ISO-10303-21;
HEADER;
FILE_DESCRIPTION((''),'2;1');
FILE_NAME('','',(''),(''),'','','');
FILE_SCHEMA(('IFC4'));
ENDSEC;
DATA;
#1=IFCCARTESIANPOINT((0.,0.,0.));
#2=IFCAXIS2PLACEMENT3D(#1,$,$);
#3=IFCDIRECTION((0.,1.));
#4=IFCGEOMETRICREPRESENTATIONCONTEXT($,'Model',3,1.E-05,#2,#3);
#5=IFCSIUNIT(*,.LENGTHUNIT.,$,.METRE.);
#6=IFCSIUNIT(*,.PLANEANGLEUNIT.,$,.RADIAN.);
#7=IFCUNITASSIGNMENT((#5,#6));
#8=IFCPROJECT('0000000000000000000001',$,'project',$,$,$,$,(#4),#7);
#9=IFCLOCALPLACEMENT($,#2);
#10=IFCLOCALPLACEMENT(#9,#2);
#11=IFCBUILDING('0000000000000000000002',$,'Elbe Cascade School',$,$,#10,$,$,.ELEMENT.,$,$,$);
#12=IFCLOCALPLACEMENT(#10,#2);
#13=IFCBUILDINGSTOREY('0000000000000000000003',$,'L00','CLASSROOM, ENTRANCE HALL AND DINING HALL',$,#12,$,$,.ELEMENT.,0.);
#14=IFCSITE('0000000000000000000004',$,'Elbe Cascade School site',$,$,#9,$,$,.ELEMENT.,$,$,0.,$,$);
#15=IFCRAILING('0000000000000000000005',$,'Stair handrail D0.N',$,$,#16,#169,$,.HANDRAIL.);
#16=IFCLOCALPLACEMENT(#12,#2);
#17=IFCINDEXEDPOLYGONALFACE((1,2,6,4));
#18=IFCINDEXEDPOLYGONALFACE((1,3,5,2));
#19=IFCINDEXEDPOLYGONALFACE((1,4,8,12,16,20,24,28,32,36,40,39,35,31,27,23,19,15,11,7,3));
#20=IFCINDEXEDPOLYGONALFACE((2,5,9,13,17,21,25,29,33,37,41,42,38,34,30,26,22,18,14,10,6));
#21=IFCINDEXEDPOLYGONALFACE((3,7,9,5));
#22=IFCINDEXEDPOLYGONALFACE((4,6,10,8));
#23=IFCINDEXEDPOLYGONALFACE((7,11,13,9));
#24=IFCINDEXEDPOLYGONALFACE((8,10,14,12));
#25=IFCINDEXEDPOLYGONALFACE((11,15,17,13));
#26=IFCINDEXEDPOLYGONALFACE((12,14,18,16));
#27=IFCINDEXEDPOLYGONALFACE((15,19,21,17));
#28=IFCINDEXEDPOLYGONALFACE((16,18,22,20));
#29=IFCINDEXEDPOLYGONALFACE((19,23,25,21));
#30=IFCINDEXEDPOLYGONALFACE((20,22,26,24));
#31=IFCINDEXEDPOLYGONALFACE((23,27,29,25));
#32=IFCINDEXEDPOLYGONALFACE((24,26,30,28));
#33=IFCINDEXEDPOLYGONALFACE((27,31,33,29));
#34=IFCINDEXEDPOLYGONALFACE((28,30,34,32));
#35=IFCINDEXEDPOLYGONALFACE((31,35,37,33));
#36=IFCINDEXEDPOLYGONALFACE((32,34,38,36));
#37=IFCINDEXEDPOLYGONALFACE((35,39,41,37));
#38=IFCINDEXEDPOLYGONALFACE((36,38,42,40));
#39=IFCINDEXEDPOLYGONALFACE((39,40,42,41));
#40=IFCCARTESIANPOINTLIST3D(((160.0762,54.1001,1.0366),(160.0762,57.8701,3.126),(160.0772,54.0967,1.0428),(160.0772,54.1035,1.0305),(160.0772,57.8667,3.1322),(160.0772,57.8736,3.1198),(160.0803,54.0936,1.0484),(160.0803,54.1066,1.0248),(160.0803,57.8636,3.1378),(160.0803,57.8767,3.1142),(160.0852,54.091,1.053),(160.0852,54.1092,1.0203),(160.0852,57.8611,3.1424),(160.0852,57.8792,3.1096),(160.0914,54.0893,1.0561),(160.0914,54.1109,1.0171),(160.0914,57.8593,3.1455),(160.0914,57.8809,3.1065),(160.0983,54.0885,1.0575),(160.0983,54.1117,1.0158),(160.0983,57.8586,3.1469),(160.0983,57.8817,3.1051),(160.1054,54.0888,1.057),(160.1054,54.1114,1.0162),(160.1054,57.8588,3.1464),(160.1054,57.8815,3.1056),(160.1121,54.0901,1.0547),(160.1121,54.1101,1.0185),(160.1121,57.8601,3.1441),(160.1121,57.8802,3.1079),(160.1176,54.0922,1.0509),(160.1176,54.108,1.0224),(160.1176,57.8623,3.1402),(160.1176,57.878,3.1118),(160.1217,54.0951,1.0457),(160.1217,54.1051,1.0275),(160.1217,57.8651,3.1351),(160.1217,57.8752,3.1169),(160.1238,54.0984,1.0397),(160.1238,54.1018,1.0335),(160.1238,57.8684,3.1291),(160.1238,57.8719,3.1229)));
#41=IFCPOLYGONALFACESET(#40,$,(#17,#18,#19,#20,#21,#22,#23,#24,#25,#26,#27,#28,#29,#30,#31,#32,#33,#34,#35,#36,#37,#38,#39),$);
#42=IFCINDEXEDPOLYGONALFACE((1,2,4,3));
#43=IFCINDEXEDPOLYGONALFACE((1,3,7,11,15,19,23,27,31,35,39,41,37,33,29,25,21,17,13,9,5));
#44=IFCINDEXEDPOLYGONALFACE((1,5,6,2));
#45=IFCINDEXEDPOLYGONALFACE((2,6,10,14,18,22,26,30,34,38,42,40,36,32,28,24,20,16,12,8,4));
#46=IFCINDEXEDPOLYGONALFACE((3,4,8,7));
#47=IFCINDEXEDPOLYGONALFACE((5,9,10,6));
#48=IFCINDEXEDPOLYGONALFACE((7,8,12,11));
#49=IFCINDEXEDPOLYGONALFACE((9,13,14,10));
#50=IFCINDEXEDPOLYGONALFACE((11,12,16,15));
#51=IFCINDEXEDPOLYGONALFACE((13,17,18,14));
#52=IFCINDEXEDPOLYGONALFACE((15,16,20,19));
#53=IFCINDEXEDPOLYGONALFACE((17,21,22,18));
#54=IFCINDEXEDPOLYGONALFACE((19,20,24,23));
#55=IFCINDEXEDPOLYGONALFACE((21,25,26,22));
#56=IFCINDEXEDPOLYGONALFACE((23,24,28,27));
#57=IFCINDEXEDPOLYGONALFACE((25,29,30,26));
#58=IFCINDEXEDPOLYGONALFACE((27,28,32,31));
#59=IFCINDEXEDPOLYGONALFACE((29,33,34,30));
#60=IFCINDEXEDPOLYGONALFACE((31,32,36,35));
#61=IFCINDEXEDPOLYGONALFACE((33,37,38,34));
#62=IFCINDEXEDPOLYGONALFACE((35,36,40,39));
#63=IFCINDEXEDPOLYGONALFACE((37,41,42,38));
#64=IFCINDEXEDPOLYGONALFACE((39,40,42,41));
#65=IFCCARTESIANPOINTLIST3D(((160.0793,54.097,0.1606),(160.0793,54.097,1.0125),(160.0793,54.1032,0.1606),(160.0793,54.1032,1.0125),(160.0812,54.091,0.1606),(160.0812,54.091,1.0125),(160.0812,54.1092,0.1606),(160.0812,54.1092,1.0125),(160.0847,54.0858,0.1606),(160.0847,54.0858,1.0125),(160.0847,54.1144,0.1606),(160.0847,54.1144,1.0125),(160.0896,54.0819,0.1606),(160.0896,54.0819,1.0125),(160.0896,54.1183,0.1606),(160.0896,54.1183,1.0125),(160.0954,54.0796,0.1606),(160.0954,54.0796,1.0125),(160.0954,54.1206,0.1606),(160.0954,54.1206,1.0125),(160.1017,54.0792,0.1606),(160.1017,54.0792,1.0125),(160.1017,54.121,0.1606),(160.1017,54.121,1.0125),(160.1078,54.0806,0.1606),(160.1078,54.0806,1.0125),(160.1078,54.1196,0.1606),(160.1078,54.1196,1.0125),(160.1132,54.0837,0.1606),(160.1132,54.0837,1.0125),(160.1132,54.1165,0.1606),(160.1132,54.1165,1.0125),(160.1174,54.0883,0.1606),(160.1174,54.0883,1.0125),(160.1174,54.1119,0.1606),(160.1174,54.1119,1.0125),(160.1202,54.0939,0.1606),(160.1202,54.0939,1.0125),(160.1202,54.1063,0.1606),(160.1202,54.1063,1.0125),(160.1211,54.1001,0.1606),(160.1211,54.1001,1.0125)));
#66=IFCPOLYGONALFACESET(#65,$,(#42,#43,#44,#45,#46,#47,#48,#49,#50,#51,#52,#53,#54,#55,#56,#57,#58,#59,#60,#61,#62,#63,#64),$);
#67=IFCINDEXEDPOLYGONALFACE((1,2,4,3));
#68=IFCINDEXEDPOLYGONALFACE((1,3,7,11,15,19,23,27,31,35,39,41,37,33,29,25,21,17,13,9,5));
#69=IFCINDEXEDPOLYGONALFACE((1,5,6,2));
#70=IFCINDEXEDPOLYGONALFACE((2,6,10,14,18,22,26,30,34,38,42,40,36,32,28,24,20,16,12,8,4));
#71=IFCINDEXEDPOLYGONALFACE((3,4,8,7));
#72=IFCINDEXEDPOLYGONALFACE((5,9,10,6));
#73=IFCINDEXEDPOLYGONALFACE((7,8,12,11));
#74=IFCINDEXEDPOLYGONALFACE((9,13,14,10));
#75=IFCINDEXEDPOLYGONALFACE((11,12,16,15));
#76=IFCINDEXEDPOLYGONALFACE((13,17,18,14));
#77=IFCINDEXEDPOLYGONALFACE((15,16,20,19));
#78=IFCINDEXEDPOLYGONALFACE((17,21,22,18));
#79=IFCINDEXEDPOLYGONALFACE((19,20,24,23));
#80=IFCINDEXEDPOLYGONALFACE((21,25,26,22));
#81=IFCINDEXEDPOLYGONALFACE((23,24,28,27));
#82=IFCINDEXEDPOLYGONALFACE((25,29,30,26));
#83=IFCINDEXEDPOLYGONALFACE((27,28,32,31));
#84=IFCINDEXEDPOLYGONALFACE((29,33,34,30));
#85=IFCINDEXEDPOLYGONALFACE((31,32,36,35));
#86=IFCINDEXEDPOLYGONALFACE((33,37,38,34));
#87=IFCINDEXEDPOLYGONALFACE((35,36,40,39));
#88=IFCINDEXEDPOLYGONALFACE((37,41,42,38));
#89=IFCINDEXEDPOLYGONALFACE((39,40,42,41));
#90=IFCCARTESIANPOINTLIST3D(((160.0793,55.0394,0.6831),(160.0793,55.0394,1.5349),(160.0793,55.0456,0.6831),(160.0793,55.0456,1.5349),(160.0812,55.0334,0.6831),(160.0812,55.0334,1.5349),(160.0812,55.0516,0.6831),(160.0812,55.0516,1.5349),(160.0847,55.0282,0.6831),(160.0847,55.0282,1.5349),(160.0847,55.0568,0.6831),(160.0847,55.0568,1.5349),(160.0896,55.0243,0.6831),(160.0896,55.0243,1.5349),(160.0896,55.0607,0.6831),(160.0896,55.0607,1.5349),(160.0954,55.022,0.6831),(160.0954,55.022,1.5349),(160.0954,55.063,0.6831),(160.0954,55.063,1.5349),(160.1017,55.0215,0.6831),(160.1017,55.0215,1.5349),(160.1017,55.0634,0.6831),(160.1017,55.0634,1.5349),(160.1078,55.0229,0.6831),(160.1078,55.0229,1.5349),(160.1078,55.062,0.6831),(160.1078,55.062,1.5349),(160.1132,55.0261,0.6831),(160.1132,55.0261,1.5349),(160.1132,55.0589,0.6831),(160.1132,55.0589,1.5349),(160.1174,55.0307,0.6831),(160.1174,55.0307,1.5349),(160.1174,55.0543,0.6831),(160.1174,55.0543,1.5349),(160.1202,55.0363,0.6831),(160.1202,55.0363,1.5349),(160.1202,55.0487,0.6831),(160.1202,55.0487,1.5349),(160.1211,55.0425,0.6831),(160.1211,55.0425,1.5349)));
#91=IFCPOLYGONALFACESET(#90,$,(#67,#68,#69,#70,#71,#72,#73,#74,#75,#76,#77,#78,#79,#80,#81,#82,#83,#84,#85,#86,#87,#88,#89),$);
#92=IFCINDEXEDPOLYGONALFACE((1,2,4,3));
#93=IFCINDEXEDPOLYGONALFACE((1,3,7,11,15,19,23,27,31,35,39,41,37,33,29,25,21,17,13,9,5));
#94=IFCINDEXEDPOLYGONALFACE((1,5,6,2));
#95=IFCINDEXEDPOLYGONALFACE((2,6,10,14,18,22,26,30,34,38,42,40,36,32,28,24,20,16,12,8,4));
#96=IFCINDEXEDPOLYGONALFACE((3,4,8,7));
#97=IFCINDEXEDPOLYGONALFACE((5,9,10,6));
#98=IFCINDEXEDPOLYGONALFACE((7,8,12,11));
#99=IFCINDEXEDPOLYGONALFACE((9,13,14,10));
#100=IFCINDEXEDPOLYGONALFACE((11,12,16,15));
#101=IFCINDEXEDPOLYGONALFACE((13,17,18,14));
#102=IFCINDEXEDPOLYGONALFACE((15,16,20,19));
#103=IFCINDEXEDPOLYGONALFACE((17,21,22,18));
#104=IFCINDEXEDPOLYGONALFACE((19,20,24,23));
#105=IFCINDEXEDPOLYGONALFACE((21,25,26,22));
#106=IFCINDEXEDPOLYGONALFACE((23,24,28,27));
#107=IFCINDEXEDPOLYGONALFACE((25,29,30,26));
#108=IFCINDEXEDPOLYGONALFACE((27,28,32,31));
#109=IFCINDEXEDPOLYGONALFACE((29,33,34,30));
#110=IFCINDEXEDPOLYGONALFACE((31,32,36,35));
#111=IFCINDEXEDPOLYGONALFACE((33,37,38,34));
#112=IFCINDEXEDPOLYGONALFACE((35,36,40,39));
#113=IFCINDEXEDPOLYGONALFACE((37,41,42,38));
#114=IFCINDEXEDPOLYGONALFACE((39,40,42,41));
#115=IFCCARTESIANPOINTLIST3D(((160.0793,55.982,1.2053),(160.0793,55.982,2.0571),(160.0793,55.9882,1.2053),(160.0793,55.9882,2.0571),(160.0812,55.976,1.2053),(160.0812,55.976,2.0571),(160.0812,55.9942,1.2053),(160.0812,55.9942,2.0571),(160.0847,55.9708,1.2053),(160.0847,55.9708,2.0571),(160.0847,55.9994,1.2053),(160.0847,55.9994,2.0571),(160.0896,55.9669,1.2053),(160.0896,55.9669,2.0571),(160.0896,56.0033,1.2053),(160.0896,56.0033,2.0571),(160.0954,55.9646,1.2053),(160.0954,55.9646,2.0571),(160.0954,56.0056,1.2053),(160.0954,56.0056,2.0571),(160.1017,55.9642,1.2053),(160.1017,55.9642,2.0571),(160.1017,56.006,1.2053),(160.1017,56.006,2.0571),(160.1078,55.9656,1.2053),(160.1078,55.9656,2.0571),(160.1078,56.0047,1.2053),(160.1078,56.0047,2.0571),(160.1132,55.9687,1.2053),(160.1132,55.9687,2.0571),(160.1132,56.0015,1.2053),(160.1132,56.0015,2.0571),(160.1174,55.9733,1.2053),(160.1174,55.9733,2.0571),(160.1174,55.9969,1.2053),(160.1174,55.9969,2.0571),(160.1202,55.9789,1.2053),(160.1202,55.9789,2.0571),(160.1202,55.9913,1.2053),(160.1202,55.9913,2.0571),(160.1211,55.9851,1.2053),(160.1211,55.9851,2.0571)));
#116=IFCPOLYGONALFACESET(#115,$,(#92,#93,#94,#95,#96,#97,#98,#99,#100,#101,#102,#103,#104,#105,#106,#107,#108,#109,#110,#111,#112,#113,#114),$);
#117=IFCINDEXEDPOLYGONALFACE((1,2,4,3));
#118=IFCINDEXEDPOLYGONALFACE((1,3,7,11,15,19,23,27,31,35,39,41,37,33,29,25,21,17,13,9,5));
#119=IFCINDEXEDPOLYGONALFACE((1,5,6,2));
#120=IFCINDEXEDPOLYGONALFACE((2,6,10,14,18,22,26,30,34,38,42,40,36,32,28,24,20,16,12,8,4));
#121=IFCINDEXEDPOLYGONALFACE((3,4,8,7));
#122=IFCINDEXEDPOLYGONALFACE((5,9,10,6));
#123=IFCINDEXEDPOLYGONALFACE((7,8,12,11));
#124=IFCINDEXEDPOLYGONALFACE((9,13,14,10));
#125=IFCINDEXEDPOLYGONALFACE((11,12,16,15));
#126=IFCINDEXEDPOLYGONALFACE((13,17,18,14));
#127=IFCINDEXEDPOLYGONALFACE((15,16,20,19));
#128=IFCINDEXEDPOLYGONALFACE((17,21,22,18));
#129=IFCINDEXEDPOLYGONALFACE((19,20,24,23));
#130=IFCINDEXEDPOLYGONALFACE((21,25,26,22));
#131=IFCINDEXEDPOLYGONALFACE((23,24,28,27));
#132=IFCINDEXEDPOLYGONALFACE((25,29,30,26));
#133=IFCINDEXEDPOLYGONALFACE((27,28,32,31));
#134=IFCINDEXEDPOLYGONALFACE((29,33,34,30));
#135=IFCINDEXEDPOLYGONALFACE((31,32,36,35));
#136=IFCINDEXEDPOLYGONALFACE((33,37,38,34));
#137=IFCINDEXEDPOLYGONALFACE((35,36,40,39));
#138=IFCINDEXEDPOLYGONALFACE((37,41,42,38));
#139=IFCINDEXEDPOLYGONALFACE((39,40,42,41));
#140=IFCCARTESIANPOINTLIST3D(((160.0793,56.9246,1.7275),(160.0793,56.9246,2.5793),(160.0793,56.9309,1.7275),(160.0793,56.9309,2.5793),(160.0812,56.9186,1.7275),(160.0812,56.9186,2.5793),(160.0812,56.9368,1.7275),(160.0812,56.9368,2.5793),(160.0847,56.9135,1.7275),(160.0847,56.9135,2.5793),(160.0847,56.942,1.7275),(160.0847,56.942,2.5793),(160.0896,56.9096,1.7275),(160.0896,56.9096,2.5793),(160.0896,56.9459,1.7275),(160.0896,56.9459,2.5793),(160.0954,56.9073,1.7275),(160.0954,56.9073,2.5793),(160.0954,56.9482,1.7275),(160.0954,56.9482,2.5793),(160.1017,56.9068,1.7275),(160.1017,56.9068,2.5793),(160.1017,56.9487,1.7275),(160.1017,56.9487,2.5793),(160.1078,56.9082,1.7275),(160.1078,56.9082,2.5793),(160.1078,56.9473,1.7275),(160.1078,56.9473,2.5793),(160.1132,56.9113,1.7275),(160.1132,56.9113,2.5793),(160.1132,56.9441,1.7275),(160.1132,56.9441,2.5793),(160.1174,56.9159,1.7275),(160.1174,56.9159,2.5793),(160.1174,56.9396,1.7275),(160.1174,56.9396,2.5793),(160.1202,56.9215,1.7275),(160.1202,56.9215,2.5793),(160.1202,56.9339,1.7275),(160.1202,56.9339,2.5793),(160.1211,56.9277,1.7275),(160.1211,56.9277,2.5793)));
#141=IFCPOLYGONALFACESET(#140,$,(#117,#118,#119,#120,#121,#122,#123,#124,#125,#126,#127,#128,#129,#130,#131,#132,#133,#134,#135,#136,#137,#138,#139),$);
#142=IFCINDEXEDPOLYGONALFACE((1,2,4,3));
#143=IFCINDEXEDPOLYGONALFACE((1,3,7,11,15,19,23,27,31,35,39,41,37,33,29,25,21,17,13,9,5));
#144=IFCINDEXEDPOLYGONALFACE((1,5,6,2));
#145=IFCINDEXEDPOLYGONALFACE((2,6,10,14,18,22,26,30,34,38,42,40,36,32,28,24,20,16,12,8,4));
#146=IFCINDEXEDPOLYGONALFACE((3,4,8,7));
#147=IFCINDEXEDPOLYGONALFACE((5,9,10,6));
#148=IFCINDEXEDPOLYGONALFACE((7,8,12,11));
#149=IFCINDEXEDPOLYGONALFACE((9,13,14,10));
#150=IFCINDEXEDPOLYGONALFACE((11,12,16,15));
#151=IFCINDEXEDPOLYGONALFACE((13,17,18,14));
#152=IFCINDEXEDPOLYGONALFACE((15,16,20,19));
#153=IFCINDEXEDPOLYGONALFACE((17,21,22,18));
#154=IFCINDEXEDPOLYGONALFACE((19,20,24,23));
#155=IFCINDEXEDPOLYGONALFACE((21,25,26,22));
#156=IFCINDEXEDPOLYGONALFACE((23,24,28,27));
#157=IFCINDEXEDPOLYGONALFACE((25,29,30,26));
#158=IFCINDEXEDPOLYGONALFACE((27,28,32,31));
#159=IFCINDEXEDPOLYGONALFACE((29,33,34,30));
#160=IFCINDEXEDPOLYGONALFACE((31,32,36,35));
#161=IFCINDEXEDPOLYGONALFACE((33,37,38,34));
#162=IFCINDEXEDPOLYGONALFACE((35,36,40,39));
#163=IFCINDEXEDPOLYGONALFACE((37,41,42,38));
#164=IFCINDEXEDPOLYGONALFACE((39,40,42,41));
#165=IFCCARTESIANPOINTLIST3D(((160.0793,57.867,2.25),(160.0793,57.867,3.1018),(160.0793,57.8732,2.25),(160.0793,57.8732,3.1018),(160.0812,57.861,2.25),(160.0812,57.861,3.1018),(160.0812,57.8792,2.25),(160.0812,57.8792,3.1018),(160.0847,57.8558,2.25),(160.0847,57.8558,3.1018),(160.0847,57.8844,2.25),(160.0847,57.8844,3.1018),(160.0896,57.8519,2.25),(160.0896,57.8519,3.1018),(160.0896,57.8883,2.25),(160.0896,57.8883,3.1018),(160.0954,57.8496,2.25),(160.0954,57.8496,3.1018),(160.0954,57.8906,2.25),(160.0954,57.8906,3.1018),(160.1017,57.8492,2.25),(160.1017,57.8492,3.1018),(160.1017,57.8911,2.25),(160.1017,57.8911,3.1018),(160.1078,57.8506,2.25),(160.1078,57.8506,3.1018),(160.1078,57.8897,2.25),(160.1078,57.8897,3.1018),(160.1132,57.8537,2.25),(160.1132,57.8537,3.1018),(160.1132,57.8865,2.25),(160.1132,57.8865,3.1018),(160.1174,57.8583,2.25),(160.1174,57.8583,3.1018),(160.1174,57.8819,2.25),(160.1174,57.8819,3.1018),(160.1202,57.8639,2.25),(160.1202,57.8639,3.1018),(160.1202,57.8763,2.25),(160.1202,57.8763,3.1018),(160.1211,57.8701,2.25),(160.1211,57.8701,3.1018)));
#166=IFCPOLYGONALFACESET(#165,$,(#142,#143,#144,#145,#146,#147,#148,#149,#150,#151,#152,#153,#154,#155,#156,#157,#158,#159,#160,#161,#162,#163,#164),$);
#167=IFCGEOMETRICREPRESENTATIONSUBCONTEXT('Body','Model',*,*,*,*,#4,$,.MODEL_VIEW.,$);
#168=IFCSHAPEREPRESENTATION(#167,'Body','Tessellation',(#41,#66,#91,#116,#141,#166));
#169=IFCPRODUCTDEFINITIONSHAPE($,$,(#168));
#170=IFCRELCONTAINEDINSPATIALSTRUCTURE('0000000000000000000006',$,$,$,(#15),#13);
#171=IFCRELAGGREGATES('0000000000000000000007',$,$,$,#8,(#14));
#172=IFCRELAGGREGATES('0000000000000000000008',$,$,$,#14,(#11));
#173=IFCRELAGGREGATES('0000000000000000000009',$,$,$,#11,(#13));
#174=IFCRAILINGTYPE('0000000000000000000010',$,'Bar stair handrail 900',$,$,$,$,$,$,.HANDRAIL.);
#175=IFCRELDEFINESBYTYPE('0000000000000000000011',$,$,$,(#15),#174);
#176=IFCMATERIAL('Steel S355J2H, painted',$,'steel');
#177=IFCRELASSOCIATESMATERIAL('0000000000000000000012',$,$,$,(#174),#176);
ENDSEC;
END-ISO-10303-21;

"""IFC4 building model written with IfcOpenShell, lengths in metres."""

from ifc_helpers import new_model, si_unit, direction, frame, origin, origin_2d, place, context, subcontext, project, spatial, circle, extrude, material, type_object, element, save


model = new_model("IFC4")

# Units and contexts
model_context = context("Model", 3, precision=1e-05, world=origin(), true_north=direction((0.0, 1.0)))
body_context = subcontext(model_context, "Body", "Model", "MODEL_VIEW")
ifc_project = project(units=[si_unit("LENGTHUNIT", "METRE"), si_unit("PLANEANGLEUNIT", "RADIAN")], contexts=[model_context])

# Site, building, storey
site_placement = place(None, origin())
site = spatial("IfcSite", under=ifc_project, at=site_placement, Name="Elbe Cascade School site", CompositionType="ELEMENT", RefElevation=0.0)
building_placement = place(site_placement, origin())
building = spatial("IfcBuilding", under=site, at=building_placement, Name="Elbe Cascade School", CompositionType="ELEMENT")
storey_placement = place(building_placement, origin())
storey = spatial("IfcBuildingStorey", under=building, at=storey_placement, Name="L00", Description="CLASSROOM, ENTRANCE HALL AND DINING HALL", CompositionType="ELEMENT", Elevation=0.0)

# Railing
ifc_material_1 = material(Name="Steel S355J2H, painted", Category="steel")
railing_type_1 = type_object("IfcRailingType", Name="Bar stair handrail 900", PredefinedType="HANDRAIL", material=ifc_material_1)
railing_1_placement = place(storey_placement, frame((160.1001, 54.1001, 0.1606)))
element("IfcRailing", 1, at=railing_1_placement, inside=storey, type_object=railing_type_1, Name="Stair handrail D0.N", PredefinedType="HANDRAIL", context=body_context, shape_type="SweptSolid", body=[
    extrude(circle(Radius=0.0239, at=origin_2d()), frame((0.0, 0.0, 0.876), z_axis=(0.0, 0.874659, 0.484739), x_axis=(-1.0, 0.0, 0.0)), (0.0, 0.0, 1.0), 4.3103),
    extrude(circle(Radius=0.021, at=origin_2d()), origin(), (0.0, 0.0, 1.0), 0.8518),
    extrude(circle(Radius=0.021, at=origin_2d()), frame((0.0, 0.9424, 0.5225)), (0.0, 0.0, 1.0), 0.8518),
    extrude(circle(Radius=0.021, at=origin_2d()), frame((0.0, 1.885, 1.0447)), (0.0, 0.0, 1.0), 0.8518),
    extrude(circle(Radius=0.021, at=origin_2d()), frame((0.0, 2.8276, 1.5669)), (0.0, 0.0, 1.0), 0.8518),
    extrude(circle(Radius=0.021, at=origin_2d()), frame((0.0, 3.77, 2.0894)), (0.0, 0.0, 1.0), 0.8518),
])

save(model, "model.ifc")
